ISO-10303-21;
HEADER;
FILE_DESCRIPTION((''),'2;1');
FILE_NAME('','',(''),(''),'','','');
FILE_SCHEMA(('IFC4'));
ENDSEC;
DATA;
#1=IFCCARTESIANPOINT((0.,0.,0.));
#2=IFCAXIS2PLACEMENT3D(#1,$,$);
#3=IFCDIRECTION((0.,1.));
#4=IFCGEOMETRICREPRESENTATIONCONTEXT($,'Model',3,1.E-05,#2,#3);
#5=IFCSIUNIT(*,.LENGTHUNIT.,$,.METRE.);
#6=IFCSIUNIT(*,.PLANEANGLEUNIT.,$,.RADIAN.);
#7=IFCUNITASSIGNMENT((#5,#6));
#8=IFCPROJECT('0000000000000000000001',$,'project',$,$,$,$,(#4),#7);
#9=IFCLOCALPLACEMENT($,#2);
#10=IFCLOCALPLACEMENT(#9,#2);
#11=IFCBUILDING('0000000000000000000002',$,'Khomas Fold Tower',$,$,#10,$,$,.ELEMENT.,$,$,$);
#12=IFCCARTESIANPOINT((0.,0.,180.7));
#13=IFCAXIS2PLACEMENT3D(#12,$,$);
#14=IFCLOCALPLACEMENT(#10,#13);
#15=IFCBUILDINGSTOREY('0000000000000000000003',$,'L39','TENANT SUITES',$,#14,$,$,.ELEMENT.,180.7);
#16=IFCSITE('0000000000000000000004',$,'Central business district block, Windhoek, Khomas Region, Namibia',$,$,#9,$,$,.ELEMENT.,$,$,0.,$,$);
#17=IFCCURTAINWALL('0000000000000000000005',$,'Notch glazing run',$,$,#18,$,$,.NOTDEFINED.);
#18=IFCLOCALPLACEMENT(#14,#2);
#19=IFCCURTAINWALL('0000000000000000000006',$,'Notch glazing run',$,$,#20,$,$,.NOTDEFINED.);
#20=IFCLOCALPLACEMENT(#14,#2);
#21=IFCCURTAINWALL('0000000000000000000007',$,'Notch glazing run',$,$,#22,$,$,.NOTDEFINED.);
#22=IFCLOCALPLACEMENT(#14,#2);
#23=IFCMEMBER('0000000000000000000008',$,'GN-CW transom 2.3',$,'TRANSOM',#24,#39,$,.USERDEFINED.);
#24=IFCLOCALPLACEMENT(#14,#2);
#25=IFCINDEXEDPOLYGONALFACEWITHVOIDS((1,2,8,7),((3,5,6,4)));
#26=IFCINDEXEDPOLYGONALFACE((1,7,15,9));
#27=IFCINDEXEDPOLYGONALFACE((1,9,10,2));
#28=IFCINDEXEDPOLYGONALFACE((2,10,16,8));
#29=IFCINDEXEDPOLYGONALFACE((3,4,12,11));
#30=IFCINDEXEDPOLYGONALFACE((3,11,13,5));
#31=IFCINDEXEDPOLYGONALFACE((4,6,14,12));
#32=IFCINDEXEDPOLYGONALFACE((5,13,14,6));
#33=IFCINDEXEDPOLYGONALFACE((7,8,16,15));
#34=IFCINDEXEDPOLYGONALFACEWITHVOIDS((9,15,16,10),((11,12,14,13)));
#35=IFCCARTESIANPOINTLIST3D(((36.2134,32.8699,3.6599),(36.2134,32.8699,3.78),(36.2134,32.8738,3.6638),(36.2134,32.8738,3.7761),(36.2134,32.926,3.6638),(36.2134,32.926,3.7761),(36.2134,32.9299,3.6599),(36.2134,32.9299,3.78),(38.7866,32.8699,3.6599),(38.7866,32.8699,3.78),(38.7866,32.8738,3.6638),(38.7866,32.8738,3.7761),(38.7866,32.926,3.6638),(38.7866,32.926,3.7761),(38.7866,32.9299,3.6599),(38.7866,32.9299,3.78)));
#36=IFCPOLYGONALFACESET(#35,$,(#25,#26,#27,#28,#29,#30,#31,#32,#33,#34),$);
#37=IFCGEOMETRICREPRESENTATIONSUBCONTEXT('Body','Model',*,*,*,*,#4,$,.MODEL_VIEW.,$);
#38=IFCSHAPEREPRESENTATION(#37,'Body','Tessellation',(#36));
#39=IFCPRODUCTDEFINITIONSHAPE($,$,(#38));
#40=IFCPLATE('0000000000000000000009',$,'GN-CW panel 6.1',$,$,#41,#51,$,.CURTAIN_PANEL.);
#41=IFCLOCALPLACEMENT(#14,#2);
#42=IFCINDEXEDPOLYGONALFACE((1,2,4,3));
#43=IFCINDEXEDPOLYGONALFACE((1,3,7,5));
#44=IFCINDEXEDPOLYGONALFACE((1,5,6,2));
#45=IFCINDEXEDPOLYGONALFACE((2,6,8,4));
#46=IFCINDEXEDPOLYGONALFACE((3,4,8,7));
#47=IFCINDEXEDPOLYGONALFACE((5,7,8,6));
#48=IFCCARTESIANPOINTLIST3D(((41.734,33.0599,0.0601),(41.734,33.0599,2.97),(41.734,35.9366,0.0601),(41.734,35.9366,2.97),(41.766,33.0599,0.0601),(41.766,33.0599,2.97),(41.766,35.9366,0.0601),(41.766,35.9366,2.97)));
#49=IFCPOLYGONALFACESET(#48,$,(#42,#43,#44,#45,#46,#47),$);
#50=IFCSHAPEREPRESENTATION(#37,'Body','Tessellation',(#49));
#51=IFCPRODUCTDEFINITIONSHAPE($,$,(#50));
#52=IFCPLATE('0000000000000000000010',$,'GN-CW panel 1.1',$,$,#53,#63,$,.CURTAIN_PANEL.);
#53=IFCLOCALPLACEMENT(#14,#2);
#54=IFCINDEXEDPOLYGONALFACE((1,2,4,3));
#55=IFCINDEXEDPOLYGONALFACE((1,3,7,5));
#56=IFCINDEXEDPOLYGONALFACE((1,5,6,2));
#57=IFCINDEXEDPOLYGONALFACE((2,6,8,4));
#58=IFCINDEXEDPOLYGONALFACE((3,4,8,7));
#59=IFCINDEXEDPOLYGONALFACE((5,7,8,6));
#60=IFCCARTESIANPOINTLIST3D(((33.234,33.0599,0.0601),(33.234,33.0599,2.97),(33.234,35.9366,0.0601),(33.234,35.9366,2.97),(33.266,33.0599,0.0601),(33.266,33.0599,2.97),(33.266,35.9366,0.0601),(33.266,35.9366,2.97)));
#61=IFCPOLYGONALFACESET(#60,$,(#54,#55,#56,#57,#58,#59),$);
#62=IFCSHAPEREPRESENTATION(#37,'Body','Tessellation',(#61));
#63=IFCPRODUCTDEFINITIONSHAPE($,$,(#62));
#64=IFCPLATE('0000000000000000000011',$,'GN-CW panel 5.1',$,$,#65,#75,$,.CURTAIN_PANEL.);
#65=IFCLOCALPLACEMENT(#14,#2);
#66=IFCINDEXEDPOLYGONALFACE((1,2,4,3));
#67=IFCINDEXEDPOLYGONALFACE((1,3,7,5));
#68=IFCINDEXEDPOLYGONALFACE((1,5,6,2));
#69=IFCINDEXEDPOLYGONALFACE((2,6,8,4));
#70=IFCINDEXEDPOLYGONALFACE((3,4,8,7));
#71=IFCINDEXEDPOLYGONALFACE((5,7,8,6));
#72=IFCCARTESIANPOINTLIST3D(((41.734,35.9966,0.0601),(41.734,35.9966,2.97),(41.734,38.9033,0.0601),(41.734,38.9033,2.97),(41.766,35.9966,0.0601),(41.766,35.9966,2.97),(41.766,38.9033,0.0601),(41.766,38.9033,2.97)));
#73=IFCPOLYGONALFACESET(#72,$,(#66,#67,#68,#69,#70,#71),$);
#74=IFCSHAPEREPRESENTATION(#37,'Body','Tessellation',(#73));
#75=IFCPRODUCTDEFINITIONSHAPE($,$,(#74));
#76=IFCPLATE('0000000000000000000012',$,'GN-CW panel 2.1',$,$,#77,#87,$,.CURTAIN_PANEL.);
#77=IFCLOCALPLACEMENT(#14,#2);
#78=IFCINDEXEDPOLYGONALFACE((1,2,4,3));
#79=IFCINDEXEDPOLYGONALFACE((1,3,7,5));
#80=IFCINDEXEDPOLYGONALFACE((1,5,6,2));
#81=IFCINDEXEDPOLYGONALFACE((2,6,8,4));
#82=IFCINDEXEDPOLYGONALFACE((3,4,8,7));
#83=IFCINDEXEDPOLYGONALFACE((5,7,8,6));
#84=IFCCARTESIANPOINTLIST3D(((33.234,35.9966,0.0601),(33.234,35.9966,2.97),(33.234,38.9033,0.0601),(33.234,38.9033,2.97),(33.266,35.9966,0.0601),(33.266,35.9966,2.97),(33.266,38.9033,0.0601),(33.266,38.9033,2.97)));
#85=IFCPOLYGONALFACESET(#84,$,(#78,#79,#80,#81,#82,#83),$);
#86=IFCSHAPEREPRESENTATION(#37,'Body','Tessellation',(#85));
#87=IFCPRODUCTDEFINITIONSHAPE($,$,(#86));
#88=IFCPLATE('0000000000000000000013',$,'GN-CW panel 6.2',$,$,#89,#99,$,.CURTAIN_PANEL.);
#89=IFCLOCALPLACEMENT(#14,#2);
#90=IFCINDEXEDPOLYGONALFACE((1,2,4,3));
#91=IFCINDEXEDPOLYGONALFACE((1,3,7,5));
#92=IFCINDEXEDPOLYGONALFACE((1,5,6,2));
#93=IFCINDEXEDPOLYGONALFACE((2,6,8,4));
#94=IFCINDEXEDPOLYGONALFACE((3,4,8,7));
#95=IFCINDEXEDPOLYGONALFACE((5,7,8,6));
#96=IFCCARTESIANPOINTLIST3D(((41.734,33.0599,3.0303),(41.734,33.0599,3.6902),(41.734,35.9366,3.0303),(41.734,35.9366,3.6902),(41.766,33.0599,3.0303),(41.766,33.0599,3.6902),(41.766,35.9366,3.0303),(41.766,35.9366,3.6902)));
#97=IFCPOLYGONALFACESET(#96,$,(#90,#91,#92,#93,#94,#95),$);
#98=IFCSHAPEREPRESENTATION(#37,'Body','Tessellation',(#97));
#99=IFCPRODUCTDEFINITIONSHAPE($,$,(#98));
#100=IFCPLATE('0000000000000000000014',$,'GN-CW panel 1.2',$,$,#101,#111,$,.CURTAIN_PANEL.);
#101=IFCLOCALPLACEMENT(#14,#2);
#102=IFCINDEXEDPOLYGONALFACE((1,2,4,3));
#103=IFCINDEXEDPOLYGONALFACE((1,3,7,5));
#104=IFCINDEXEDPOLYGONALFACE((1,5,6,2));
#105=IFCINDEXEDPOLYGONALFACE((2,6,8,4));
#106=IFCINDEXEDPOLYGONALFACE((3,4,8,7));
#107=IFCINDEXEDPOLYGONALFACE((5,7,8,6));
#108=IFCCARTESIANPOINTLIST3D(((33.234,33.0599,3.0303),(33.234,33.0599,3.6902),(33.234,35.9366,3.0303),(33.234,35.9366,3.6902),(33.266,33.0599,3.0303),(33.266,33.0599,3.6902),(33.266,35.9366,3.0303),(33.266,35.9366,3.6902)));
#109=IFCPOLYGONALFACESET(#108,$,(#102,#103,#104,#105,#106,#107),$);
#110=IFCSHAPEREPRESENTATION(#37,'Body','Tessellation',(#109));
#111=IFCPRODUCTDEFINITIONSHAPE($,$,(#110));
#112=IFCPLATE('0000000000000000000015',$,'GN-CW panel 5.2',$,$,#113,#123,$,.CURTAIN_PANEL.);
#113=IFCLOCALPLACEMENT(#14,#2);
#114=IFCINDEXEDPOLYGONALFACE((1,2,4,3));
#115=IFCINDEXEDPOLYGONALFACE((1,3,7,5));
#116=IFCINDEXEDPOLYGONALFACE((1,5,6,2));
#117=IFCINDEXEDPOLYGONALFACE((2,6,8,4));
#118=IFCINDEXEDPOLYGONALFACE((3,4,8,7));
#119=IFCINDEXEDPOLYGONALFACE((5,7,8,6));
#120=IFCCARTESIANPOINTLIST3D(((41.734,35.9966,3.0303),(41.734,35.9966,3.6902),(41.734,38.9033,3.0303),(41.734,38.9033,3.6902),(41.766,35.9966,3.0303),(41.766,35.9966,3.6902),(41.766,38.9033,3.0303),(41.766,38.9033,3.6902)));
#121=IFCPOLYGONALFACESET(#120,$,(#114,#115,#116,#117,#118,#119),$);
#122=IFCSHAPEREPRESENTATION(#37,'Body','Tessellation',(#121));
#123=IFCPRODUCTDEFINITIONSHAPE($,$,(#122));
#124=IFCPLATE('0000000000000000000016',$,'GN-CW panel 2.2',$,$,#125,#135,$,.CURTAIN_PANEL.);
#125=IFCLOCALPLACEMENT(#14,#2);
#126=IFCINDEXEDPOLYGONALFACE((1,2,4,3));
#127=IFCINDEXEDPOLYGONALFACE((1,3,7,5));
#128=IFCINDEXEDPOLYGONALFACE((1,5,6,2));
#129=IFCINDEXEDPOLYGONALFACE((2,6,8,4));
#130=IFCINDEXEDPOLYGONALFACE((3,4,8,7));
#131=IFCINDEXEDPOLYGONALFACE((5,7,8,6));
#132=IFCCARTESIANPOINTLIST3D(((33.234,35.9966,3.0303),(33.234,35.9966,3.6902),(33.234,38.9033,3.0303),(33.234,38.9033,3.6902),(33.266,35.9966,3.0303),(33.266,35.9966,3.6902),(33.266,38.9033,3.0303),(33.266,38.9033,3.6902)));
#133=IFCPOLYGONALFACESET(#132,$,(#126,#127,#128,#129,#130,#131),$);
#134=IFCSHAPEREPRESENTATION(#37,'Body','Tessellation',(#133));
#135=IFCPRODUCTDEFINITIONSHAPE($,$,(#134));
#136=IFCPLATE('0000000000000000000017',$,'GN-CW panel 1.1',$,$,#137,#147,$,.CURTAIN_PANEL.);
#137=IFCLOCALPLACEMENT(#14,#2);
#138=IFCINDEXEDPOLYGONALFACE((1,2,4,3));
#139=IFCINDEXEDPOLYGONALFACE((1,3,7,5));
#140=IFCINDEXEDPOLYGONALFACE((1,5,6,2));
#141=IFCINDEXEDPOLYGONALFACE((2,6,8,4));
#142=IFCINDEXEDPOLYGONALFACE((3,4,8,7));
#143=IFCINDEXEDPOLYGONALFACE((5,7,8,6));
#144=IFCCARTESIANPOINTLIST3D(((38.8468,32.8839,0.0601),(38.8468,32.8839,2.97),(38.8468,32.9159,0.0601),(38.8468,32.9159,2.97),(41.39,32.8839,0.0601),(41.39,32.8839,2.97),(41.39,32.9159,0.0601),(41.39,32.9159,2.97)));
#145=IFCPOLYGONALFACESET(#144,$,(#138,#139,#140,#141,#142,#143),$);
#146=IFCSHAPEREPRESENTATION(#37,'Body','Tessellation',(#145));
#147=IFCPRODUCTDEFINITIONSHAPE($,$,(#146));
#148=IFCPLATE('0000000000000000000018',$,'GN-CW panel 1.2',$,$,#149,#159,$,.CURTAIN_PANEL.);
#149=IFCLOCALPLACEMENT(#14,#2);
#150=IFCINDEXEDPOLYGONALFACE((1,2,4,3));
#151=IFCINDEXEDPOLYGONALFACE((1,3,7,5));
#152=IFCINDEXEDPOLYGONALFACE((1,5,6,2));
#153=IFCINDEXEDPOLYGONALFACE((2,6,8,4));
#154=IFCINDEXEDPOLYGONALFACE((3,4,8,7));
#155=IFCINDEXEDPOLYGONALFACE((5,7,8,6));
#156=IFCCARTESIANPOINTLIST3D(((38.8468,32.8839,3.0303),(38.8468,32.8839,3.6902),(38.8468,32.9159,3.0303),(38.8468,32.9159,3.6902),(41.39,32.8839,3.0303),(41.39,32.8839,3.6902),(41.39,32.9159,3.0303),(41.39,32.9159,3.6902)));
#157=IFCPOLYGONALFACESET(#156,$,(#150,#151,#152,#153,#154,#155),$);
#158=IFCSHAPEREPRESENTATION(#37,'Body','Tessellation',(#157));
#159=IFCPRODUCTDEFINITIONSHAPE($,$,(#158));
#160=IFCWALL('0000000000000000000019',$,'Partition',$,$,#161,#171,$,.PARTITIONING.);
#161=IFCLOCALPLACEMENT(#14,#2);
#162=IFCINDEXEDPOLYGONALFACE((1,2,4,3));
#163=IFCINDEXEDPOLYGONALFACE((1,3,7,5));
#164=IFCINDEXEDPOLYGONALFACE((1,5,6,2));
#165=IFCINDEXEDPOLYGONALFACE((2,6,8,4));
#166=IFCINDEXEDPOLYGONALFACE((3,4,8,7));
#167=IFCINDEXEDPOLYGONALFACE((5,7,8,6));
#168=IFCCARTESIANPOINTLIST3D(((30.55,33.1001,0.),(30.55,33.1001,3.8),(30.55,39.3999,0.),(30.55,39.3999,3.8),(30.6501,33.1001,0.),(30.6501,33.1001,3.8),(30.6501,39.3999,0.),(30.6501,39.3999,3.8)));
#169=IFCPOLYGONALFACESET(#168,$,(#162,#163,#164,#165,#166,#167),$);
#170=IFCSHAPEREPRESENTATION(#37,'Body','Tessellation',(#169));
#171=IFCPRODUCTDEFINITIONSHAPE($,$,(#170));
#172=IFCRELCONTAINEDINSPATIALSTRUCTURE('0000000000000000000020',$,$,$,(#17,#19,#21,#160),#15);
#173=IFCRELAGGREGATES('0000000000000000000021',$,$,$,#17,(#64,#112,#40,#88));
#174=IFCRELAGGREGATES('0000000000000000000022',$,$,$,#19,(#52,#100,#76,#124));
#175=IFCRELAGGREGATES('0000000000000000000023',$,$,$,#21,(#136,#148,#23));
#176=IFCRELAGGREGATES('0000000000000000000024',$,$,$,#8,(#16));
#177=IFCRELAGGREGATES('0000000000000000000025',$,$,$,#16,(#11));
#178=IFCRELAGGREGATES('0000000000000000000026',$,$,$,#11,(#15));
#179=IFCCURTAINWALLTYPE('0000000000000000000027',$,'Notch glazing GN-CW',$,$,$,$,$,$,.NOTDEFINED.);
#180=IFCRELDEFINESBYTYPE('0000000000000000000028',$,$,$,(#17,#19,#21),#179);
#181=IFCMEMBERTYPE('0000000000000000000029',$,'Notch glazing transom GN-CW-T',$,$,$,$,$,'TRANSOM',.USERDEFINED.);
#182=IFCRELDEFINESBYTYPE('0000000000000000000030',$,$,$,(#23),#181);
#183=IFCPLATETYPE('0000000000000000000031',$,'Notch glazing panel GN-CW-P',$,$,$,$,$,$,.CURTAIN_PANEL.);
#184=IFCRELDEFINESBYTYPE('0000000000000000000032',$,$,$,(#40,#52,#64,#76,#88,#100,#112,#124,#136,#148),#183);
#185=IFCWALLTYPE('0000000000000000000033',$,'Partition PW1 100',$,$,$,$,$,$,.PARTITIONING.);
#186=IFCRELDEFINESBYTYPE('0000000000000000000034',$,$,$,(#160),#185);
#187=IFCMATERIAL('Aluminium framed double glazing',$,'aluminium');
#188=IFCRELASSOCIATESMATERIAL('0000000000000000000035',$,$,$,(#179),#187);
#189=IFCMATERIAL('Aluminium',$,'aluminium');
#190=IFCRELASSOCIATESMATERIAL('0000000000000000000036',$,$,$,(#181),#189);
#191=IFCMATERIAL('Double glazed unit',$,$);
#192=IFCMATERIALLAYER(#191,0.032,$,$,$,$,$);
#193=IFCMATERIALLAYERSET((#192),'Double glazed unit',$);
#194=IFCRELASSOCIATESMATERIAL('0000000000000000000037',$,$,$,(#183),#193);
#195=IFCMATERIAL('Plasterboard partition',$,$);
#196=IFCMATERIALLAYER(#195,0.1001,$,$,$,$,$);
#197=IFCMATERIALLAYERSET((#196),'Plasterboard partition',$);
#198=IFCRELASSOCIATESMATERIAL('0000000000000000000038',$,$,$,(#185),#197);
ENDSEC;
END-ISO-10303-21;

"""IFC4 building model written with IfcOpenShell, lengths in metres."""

from ifc_helpers import new_model, si_unit, direction, frame, frame_2d, origin, origin_2d, place, context, subcontext, project, spatial, rectangle, hollow_rectangle, extrude, source, transform, mapped, material, layer, layer_set, material_profile, profile_set, type_object, element, aggregate, save


model = new_model("IFC4")

# Units and contexts
model_context = context("Model", 3, precision=1e-05, world=origin(), true_north=direction((0.0, 1.0)))
body_context = subcontext(model_context, "Body", "Model", "MODEL_VIEW")
ifc_project = project(units=[si_unit("LENGTHUNIT", "METRE"), si_unit("PLANEANGLEUNIT", "RADIAN")], contexts=[model_context])

# Site, building, storey
site_placement = place(None, origin())
site = spatial("IfcSite", under=ifc_project, at=site_placement, Name="Central business district block, Windhoek, Khomas Region, Namibia", CompositionType="ELEMENT", RefElevation=0.0)
building_placement = place(site_placement, origin())
building = spatial("IfcBuilding", under=site, at=building_placement, Name="Khomas Fold Tower", CompositionType="ELEMENT")
storey_placement = place(building_placement, frame((0.0, 0.0, 180.7)))
storey = spatial("IfcBuildingStorey", under=building, at=storey_placement, Name="L39", Description="TENANT SUITES", CompositionType="ELEMENT", Elevation=180.7)

# Curtain walls
ifc_material_1 = material(Name="Aluminium framed double glazing", Category="aluminium")
curtain_wall_type = type_object("IfcCurtainWallType", Name="Notch glazing GN-CW", PredefinedType="NOTDEFINED", material=ifc_material_1)
curtain_wall_1_placement = place(storey_placement, origin())
curtain_wall_1 = element("IfcCurtainWall", 1, at=curtain_wall_1_placement, inside=storey, type_object=curtain_wall_type, Name="Notch glazing run", PredefinedType="NOTDEFINED")
ifc_material_2 = material(Name="Aluminium", Category="aluminium")
ifc_material_profile_1 = material_profile(ifc_material_2, hollow_rectangle(XDim=0.0601, YDim=0.1201, WallThickness=0.0039, at=origin_2d()), Name="Notch glazing transom GN-CW-T")
ifc_profile_set_1 = profile_set([ifc_material_profile_1], Name="Aluminium")
member_type_1 = type_object("IfcMemberType", Name="Notch glazing transom GN-CW-T", ElementType="TRANSOM", PredefinedType="USERDEFINED", material=ifc_profile_set_1)
curtain_wall_2_placement = place(storey_placement, origin())
curtain_wall_2 = element("IfcCurtainWall", 2, at=curtain_wall_2_placement, inside=storey, type_object=curtain_wall_type, Name="Notch glazing run", PredefinedType="NOTDEFINED")

# Curtain wall
curtain_wall_3_placement = place(storey_placement, origin())
curtain_wall_3 = element("IfcCurtainWall", 3, at=curtain_wall_3_placement, inside=storey, type_object=curtain_wall_type, Name="Notch glazing run", PredefinedType="NOTDEFINED")

# Member
shared_shape_1 = source(origin(), body_context, "Body", "SweptSolid", [
    extrude(hollow_rectangle(XDim=0.0601, YDim=0.1201, WallThickness=0.0039, at=origin_2d()), origin(), (0.0, 0.0, 1.0), 2.5732),
])
member_1_placement = place(storey_placement, frame((38.7866, 32.8999, 3.72), z_axis=(-1.0, 0.0, 0.0), x_axis=(0.0, -1.0, 0.0)))
member_1 = element("IfcMember", 4, at=member_1_placement, type_object=member_type_1, Name="GN-CW transom 2.3", ObjectType="TRANSOM", PredefinedType="USERDEFINED", context=body_context, shape_type="MappedRepresentation", body=[
    mapped(shared_shape_1, transform((0.0, 0.0, 0.0))),
])

# Plates
ifc_material_3 = material(Name="Double glazed unit")
ifc_layer_1 = layer(ifc_material_3, 0.032)
ifc_layer_set_1 = layer_set([ifc_layer_1], Name="Double glazed unit")
plate_type = type_object("IfcPlateType", Name="Notch glazing panel GN-CW-P", PredefinedType="CURTAIN_PANEL", material=ifc_layer_set_1)
shared_shape_2 = source(origin(), body_context, "Body", "SweptSolid", [
    extrude(rectangle(XDim=2.8767, YDim=0.032, at=origin_2d()), origin(), (0.0, 0.0, 1.0), 2.9099),
])
plate_1_placement = place(storey_placement, frame((41.75, 34.4983, 0.0601), z_axis=(0.0, 0.0, 1.0), x_axis=(0.0, -1.0, 0.0)))
plate_1 = element("IfcPlate", 5, at=plate_1_placement, type_object=plate_type, Name="GN-CW panel 6.1", PredefinedType="CURTAIN_PANEL", context=body_context, shape_type="MappedRepresentation", body=[
    mapped(shared_shape_2, transform((0.0, 0.0, 0.0))),
])
plate_2_placement = place(storey_placement, frame((33.25, 34.4983, 0.0601), z_axis=(0.0, 0.0, 1.0), x_axis=(0.0, 1.0, 0.0)))
plate_2 = element("IfcPlate", 6, at=plate_2_placement, type_object=plate_type, Name="GN-CW panel 1.1", PredefinedType="CURTAIN_PANEL", context=body_context, shape_type="MappedRepresentation", body=[
    mapped(shared_shape_2, transform((0.0, 0.0, 0.0))),
])
shared_shape_3 = source(origin(), body_context, "Body", "SweptSolid", [
    extrude(rectangle(XDim=2.9067, YDim=0.032, at=origin_2d()), origin(), (0.0, 0.0, 1.0), 2.9099),
])
plate_3_placement = place(storey_placement, frame((41.75, 37.45, 0.0601), z_axis=(0.0, 0.0, 1.0), x_axis=(0.0, -1.0, 0.0)))
plate_3 = element("IfcPlate", 7, at=plate_3_placement, type_object=plate_type, Name="GN-CW panel 5.1", PredefinedType="CURTAIN_PANEL", context=body_context, shape_type="MappedRepresentation", body=[
    mapped(shared_shape_3, transform((0.0, 0.0, 0.0))),
])
plate_4_placement = place(storey_placement, frame((33.25, 37.45, 0.0601), z_axis=(0.0, 0.0, 1.0), x_axis=(0.0, 1.0, 0.0)))
plate_4 = element("IfcPlate", 8, at=plate_4_placement, type_object=plate_type, Name="GN-CW panel 2.1", PredefinedType="CURTAIN_PANEL", context=body_context, shape_type="MappedRepresentation", body=[
    mapped(shared_shape_3, transform((0.0, 0.0, 0.0))),
])
shared_shape_4 = source(origin(), body_context, "Body", "SweptSolid", [
    extrude(rectangle(XDim=2.8767, YDim=0.032, at=origin_2d()), origin(), (0.0, 0.0, 1.0), 0.6599),
])
plate_5_placement = place(storey_placement, frame((41.75, 34.4983, 3.0303), z_axis=(0.0, 0.0, 1.0), x_axis=(0.0, -1.0, 0.0)))
plate_5 = element("IfcPlate", 9, at=plate_5_placement, type_object=plate_type, Name="GN-CW panel 6.2", PredefinedType="CURTAIN_PANEL", context=body_context, shape_type="MappedRepresentation", body=[
    mapped(shared_shape_4, transform((0.0, 0.0, 0.0))),
])
plate_6_placement = place(storey_placement, frame((33.25, 34.4983, 3.0303), z_axis=(0.0, 0.0, 1.0), x_axis=(0.0, 1.0, 0.0)))
plate_6 = element("IfcPlate", 10, at=plate_6_placement, type_object=plate_type, Name="GN-CW panel 1.2", PredefinedType="CURTAIN_PANEL", context=body_context, shape_type="MappedRepresentation", body=[
    mapped(shared_shape_4, transform((0.0, 0.0, 0.0))),
])
shared_shape_5 = source(origin(), body_context, "Body", "SweptSolid", [
    extrude(rectangle(XDim=2.9067, YDim=0.032, at=origin_2d()), origin(), (0.0, 0.0, 1.0), 0.6599),
])
plate_7_placement = place(storey_placement, frame((41.75, 37.45, 3.0303), z_axis=(0.0, 0.0, 1.0), x_axis=(0.0, -1.0, 0.0)))
plate_7 = element("IfcPlate", 11, at=plate_7_placement, type_object=plate_type, Name="GN-CW panel 5.2", PredefinedType="CURTAIN_PANEL", context=body_context, shape_type="MappedRepresentation", body=[
    mapped(shared_shape_5, transform((0.0, 0.0, 0.0))),
])
aggregate(curtain_wall_1, [plate_3, plate_7, plate_1, plate_5])
plate_8_placement = place(storey_placement, frame((33.25, 37.45, 3.0303), z_axis=(0.0, 0.0, 1.0), x_axis=(0.0, 1.0, 0.0)))
plate_8 = element("IfcPlate", 12, at=plate_8_placement, type_object=plate_type, Name="GN-CW panel 2.2", PredefinedType="CURTAIN_PANEL", context=body_context, shape_type="MappedRepresentation", body=[
    mapped(shared_shape_5, transform((0.0, 0.0, 0.0))),
])
aggregate(curtain_wall_2, [plate_2, plate_6, plate_4, plate_8])
shared_shape_6 = source(origin(), body_context, "Body", "SweptSolid", [
    extrude(rectangle(XDim=2.5432, YDim=0.032, at=origin_2d()), origin(), (0.0, 0.0, 1.0), 2.9099),
])
plate_9_placement = place(storey_placement, frame((40.1184, 32.8999, 0.0601), z_axis=(0.0, 0.0, 1.0), x_axis=(-1.0, 0.0, 0.0)))
plate_9 = element("IfcPlate", 13, at=plate_9_placement, type_object=plate_type, Name="GN-CW panel 1.1", PredefinedType="CURTAIN_PANEL", context=body_context, shape_type="MappedRepresentation", body=[
    mapped(shared_shape_6, transform((0.0, 0.0, 0.0))),
])
shared_shape_7 = source(origin(), body_context, "Body", "SweptSolid", [
    extrude(rectangle(XDim=2.5432, YDim=0.032, at=origin_2d()), origin(), (0.0, 0.0, 1.0), 0.6599),
])
plate_10_placement = place(storey_placement, frame((40.1184, 32.8999, 3.0303), z_axis=(0.0, 0.0, 1.0), x_axis=(-1.0, 0.0, 0.0)))
plate_10 = element("IfcPlate", 14, at=plate_10_placement, type_object=plate_type, Name="GN-CW panel 1.2", PredefinedType="CURTAIN_PANEL", context=body_context, shape_type="MappedRepresentation", body=[
    mapped(shared_shape_7, transform((0.0, 0.0, 0.0))),
])
aggregate(curtain_wall_3, [plate_9, plate_10, member_1])

# Wall
ifc_material_4 = material(Name="Plasterboard partition")
ifc_layer_2 = layer(ifc_material_4, 0.1001)
ifc_layer_set_2 = layer_set([ifc_layer_2], Name="Plasterboard partition")
wall_type = type_object("IfcWallType", Name="Partition PW1 100", PredefinedType="PARTITIONING", material=ifc_layer_set_2)
shared_shape_8 = source(origin(), body_context, "Body", "SweptSolid", [
    extrude(rectangle(XDim=6.2998, YDim=0.1001, at=frame_2d((3.1499, 0.0))), origin(), (0.0, 0.0, 1.0), 3.8),
])
wall_placement = place(storey_placement, frame((30.6001, 33.1001, 0.0), z_axis=(0.0, 0.0, 1.0), x_axis=(0.0, 1.0, 0.0)))
element("IfcWall", 15, at=wall_placement, inside=storey, type_object=wall_type, Name="Partition", PredefinedType="PARTITIONING", context=body_context, shape_type="MappedRepresentation", body=[
    mapped(shared_shape_8, transform((0.0, 0.0, 0.0))),
])

save(model, "model.ifc")
